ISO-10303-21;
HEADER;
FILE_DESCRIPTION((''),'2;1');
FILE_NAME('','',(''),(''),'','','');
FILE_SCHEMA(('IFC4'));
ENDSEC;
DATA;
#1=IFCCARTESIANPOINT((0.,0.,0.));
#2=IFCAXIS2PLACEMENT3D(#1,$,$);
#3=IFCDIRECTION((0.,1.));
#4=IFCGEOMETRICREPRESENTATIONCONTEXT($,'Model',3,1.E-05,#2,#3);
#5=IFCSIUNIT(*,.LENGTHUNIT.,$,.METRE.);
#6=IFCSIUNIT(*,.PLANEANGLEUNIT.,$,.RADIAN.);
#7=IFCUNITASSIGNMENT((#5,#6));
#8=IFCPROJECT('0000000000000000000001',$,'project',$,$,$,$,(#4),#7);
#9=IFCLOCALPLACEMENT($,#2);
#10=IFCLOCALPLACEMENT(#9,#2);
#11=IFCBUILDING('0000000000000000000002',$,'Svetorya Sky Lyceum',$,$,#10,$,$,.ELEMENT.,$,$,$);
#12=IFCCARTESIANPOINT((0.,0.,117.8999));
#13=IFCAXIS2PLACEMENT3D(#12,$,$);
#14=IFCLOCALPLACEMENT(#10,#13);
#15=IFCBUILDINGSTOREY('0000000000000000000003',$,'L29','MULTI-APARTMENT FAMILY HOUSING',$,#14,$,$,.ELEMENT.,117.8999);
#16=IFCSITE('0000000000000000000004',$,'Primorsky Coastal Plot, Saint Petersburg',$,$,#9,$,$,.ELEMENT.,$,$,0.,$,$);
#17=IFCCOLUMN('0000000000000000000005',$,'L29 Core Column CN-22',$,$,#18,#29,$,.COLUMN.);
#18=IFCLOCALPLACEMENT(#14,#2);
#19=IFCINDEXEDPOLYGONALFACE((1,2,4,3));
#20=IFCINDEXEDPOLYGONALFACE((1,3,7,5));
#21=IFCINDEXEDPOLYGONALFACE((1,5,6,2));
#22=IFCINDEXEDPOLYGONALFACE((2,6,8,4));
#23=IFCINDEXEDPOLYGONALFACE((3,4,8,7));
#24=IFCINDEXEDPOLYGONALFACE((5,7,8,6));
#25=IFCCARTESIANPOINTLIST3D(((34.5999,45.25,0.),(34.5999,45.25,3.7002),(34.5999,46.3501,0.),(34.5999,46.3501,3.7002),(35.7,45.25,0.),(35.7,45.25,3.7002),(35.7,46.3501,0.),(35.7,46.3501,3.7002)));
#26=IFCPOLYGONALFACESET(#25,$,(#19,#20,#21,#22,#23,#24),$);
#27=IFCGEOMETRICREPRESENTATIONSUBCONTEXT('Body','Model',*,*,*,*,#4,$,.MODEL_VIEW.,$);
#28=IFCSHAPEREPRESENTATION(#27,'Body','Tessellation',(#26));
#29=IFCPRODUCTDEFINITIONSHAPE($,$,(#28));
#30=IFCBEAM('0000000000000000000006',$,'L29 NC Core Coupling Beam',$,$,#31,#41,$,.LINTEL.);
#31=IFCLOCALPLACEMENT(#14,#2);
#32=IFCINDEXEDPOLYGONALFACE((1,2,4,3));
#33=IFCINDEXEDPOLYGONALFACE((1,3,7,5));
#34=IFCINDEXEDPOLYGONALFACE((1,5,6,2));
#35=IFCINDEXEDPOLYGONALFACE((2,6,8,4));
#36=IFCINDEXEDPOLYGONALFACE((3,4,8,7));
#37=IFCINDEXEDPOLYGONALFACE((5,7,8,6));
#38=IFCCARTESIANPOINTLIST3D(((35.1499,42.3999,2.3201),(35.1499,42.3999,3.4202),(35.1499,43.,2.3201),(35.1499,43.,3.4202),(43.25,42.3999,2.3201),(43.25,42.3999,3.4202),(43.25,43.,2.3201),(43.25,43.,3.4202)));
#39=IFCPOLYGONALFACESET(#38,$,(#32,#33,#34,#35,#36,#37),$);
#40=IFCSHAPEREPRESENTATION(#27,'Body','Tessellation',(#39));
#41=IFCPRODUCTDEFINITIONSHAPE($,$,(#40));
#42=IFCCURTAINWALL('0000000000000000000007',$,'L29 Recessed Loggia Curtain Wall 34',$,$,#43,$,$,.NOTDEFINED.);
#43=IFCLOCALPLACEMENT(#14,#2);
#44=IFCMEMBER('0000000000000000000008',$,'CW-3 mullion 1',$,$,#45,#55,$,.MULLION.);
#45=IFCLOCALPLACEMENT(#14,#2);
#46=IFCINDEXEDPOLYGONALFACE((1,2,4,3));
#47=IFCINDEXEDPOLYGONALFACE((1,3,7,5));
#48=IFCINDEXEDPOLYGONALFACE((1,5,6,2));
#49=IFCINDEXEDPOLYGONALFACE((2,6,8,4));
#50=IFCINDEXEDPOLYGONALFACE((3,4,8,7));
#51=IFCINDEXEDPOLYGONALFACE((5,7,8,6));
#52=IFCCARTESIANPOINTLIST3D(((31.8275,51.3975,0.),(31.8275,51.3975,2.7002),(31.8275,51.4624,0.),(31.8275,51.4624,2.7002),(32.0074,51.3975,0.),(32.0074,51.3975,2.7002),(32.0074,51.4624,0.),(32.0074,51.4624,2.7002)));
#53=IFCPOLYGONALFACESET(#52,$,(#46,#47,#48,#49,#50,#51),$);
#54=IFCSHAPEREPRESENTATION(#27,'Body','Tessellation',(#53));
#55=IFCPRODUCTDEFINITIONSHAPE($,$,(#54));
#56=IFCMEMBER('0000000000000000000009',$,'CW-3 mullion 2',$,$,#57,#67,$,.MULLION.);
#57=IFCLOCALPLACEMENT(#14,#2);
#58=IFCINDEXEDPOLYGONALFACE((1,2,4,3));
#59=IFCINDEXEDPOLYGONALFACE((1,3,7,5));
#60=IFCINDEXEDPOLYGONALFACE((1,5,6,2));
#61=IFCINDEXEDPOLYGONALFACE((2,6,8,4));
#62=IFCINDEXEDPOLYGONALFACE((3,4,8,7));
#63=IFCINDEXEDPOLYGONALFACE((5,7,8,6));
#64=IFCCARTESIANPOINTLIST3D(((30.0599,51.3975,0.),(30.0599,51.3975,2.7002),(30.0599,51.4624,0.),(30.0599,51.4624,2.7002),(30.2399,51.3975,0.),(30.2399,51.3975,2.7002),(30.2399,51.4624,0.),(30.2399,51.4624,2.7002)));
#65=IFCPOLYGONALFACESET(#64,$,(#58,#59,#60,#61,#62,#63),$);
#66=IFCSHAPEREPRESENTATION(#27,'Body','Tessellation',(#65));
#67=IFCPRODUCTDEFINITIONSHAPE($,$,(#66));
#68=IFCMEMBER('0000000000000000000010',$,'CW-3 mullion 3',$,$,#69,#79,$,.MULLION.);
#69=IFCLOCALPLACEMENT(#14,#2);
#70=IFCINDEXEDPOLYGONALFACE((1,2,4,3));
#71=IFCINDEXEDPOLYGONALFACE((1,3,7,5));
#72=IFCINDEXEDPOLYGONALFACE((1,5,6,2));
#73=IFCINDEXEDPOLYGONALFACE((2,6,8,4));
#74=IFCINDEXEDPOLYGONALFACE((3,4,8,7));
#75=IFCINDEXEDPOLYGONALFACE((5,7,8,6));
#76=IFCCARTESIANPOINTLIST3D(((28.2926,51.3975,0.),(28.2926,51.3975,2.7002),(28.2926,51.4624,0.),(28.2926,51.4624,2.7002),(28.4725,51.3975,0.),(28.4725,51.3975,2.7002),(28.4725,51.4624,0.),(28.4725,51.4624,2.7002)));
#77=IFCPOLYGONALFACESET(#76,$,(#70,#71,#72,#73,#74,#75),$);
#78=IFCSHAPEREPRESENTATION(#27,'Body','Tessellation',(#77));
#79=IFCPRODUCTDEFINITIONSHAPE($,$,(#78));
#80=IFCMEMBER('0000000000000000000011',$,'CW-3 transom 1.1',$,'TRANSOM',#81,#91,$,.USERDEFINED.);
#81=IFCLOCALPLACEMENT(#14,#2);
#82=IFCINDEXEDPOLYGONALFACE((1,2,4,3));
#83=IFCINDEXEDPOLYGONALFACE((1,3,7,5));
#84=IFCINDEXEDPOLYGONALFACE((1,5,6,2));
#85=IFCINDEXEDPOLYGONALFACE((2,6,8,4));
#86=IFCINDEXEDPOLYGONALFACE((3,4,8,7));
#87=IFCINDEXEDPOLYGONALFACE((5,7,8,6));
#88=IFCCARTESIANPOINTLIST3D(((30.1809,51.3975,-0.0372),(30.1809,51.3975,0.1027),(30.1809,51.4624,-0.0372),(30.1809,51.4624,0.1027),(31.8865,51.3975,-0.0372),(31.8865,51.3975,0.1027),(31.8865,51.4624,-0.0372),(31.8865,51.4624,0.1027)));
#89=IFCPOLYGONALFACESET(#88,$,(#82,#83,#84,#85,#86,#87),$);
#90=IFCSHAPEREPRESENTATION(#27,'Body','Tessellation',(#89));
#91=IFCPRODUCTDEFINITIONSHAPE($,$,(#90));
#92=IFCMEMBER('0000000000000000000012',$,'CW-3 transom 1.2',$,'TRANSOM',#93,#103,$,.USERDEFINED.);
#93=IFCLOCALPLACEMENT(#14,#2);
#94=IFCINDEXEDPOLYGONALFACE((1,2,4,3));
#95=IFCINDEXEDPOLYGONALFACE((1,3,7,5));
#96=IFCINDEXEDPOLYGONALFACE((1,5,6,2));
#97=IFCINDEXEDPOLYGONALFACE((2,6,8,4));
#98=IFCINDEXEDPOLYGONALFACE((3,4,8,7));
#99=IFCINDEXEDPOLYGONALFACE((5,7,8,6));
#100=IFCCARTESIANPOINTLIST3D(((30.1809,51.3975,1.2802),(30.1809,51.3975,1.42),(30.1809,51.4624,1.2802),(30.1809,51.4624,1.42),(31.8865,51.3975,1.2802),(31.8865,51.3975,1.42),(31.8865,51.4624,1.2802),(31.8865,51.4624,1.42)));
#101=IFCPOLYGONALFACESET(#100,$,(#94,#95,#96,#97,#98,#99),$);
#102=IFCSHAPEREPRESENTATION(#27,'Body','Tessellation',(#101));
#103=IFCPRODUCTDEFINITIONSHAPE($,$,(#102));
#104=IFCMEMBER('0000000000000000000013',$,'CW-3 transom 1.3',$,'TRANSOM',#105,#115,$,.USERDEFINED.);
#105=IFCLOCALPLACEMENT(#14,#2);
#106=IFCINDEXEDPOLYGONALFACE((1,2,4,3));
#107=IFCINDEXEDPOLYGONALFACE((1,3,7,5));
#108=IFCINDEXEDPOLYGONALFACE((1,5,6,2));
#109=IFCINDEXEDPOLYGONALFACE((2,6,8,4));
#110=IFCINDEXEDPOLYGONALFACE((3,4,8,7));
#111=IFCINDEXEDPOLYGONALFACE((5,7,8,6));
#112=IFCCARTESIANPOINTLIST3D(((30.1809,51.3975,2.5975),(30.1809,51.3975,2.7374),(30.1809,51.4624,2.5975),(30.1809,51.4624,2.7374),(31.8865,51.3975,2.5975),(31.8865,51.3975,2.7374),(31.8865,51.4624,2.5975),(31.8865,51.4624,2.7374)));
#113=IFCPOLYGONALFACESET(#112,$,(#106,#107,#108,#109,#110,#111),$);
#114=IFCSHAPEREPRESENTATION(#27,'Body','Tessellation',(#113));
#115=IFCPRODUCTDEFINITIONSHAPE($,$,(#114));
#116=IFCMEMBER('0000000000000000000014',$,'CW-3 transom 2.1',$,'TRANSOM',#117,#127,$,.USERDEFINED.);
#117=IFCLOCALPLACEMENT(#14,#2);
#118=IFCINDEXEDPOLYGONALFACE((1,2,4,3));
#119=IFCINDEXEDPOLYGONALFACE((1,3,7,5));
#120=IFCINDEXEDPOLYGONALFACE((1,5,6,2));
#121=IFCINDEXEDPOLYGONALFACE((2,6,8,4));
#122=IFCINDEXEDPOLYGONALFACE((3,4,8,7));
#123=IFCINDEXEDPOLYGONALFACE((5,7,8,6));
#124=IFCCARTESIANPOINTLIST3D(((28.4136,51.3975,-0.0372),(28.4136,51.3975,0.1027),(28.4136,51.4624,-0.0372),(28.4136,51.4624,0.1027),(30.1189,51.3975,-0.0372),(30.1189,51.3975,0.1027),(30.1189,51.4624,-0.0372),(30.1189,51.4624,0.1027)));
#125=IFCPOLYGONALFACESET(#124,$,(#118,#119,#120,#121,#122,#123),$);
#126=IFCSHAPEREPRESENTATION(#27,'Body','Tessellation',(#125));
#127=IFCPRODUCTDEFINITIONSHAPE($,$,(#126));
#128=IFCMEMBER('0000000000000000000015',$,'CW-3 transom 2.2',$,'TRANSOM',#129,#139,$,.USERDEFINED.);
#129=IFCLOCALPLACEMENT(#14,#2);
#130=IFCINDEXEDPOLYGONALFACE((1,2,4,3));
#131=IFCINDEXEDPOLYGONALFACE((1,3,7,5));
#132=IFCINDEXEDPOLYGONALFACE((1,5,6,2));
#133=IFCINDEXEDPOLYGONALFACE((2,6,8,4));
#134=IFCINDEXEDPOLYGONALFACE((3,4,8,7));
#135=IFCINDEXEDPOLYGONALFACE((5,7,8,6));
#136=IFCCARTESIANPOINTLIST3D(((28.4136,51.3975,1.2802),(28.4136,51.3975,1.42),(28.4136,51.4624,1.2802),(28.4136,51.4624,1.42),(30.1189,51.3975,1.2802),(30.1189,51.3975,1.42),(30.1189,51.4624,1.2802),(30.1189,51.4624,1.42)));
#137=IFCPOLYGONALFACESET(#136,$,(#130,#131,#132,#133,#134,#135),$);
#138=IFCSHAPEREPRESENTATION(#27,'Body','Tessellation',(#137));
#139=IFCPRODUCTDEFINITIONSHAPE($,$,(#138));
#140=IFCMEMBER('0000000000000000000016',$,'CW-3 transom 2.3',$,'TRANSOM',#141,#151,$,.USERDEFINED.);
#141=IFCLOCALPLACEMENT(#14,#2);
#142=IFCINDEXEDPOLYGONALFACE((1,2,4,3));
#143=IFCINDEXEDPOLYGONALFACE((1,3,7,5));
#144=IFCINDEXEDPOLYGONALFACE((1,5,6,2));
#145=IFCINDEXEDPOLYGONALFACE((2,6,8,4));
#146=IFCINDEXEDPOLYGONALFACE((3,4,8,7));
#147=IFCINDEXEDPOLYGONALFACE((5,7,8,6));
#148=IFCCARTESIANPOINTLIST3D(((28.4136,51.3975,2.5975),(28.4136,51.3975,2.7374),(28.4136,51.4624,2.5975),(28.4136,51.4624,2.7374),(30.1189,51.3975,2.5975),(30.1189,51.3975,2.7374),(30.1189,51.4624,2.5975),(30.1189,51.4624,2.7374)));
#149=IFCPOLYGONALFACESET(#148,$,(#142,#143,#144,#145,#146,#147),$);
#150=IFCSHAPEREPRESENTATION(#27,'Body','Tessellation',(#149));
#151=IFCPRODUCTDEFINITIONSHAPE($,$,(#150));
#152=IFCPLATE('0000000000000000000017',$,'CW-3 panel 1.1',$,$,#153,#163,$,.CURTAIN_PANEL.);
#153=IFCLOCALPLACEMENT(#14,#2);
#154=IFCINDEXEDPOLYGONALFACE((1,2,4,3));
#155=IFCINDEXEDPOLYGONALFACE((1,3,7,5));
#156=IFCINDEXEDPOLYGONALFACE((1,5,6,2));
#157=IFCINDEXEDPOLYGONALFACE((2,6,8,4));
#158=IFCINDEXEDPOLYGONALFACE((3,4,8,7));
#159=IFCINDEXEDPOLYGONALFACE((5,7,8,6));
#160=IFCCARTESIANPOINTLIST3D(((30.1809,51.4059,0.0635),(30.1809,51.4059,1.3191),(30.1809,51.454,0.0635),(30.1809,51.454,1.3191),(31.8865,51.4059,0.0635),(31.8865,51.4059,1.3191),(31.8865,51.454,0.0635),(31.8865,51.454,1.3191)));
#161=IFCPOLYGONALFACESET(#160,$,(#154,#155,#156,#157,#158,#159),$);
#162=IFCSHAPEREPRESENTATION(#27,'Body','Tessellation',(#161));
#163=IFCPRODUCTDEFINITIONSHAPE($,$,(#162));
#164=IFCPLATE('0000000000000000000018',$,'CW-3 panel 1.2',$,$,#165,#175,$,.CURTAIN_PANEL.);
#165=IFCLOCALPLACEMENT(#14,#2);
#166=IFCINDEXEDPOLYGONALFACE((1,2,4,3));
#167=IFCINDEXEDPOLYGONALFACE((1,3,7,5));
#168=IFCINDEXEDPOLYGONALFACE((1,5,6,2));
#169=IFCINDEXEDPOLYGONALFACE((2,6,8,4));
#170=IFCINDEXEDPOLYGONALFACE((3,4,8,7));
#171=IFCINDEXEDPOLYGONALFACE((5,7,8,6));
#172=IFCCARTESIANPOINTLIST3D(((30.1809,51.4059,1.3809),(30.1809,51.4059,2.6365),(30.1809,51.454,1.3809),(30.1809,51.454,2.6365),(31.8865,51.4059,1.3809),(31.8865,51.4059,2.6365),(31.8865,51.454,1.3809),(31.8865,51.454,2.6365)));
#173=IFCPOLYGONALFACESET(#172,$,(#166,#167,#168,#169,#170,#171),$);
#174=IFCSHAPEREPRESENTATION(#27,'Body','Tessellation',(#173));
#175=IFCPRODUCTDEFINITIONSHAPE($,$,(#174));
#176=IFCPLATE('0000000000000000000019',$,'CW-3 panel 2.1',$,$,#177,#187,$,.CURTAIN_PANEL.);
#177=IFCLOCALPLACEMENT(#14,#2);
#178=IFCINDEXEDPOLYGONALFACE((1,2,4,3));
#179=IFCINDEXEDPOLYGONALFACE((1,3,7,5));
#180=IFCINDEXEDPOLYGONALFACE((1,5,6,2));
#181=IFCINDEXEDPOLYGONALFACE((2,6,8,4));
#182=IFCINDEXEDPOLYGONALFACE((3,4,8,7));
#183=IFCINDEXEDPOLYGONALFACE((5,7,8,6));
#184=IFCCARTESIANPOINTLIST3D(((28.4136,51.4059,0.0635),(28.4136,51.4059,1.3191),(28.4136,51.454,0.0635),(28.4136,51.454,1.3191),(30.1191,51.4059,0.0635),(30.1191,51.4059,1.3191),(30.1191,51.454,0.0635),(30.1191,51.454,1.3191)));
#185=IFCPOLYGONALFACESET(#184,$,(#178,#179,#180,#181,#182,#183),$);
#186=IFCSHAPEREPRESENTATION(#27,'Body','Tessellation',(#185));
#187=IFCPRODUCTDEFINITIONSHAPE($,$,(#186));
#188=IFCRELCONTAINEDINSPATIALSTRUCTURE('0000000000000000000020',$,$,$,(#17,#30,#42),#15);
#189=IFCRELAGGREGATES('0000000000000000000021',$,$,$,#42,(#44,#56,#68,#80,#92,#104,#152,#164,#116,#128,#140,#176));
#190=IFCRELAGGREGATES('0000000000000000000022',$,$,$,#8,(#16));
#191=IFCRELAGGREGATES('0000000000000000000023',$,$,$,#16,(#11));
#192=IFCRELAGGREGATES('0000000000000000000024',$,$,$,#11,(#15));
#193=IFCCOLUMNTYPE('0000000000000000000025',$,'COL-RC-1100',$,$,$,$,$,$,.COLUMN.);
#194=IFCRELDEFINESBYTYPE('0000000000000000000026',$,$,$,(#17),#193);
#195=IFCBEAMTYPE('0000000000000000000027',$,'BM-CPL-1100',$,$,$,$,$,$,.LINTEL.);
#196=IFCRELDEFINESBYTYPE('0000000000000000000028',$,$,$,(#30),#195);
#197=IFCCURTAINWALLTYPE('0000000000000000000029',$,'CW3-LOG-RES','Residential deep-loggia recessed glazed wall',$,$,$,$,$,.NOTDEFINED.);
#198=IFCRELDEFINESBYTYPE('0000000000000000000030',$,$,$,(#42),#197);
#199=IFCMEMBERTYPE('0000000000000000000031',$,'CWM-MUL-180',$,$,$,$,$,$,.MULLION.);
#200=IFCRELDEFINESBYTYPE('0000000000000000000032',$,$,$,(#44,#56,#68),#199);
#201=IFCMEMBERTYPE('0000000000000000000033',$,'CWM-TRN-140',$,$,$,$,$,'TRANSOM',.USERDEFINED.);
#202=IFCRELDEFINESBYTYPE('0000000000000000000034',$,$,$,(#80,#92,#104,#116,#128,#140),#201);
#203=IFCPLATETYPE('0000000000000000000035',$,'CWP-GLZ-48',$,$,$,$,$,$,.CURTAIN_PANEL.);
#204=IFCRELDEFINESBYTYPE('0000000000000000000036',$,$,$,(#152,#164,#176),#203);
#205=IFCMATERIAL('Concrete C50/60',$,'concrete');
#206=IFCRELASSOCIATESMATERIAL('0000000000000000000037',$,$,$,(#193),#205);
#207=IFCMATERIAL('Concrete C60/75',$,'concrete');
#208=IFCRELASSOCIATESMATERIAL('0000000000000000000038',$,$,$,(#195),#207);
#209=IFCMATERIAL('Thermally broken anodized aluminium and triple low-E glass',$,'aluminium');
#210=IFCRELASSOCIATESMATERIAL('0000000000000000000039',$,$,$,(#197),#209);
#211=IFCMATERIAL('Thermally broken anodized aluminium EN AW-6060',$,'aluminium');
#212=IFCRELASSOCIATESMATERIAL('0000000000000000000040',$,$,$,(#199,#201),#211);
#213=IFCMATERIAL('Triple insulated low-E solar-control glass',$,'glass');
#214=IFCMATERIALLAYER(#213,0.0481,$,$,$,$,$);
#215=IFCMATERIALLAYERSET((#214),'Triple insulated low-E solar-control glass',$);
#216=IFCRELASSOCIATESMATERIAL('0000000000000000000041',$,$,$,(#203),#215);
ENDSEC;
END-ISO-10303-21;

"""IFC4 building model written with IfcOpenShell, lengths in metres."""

from ifc_helpers import new_model, si_unit, direction, frame, origin, origin_2d, place, context, subcontext, project, spatial, rectangle, extrude, material, layer, layer_set, material_profile, profile_set, type_object, element, aggregate, save


model = new_model("IFC4")

# Units and contexts
model_context = context("Model", 3, precision=1e-05, world=origin(), true_north=direction((0.0, 1.0)))
body_context = subcontext(model_context, "Body", "Model", "MODEL_VIEW")
ifc_project = project(units=[si_unit("LENGTHUNIT", "METRE"), si_unit("PLANEANGLEUNIT", "RADIAN")], contexts=[model_context])

# Site, building, storey
site_placement = place(None, origin())
site = spatial("IfcSite", under=ifc_project, at=site_placement, Name="Primorsky Coastal Plot, Saint Petersburg", CompositionType="ELEMENT", RefElevation=0.0)
building_placement = place(site_placement, origin())
building = spatial("IfcBuilding", under=site, at=building_placement, Name="Svetorya Sky Lyceum", CompositionType="ELEMENT")
storey_placement = place(building_placement, frame((0.0, 0.0, 117.8999)))
storey = spatial("IfcBuildingStorey", under=building, at=storey_placement, Name="L29", Description="MULTI-APARTMENT FAMILY HOUSING", CompositionType="ELEMENT", Elevation=117.8999)

# Column
ifc_material_1 = material(Name="Concrete C50/60", Category="concrete")
ifc_material_profile_1 = material_profile(ifc_material_1, rectangle(XDim=1.1001, YDim=1.1001, at=origin_2d()), Name="RC COL 1100x1100")
ifc_profile_set_1 = profile_set([ifc_material_profile_1], Name="Concrete C50/60")
column_type = type_object("IfcColumnType", Name="COL-RC-1100", PredefinedType="COLUMN", material=ifc_profile_set_1)
column_placement = place(storey_placement, frame((35.1499, 45.8, 0.0), z_axis=(0.0, 0.0, 1.0), x_axis=(1.0, 0.0, 0.0)))
element("IfcColumn", 1, at=column_placement, inside=storey, type_object=column_type, Name="L29 Core Column CN-22", PredefinedType="COLUMN", context=body_context, shape_type="SweptSolid", body=[
    extrude(rectangle(XDim=1.1001, YDim=1.1001, at=origin_2d()), origin(), (0.0, 0.0, 1.0), 3.7002),
])

# Beam
ifc_material_2 = material(Name="Concrete C60/75", Category="concrete")
ifc_material_profile_2 = material_profile(ifc_material_2, rectangle(XDim=0.6001, YDim=1.1001, at=origin_2d()), Name="RC COUPLING 600x1100")
ifc_profile_set_2 = profile_set([ifc_material_profile_2], Name="Concrete C60/75")
beam_type = type_object("IfcBeamType", Name="BM-CPL-1100", PredefinedType="LINTEL", material=ifc_profile_set_2)
beam_placement = place(storey_placement, frame((35.1499, 42.7, 2.8701), z_axis=(1.0, 0.0, 0.0), x_axis=(0.0, 1.0, 0.0)))
element("IfcBeam", 2, at=beam_placement, inside=storey, type_object=beam_type, Name="L29 NC Core Coupling Beam", PredefinedType="LINTEL", context=body_context, shape_type="SweptSolid", body=[
    extrude(rectangle(XDim=0.6001, YDim=1.1001, at=origin_2d()), origin(), (0.0, 0.0, 1.0), 8.1001),
])

# Curtain wall, members, plates
ifc_material_3 = material(Name="Thermally broken anodized aluminium and triple low-E glass", Category="aluminium")
curtain_wall_type = type_object("IfcCurtainWallType", Name="CW3-LOG-RES", Description="Residential deep-loggia recessed glazed wall", PredefinedType="NOTDEFINED", material=ifc_material_3)
curtain_wall_placement = place(storey_placement, origin())
curtain_wall = element("IfcCurtainWall", 3, at=curtain_wall_placement, inside=storey, type_object=curtain_wall_type, Name="L29 Recessed Loggia Curtain Wall 34", PredefinedType="NOTDEFINED")
ifc_material_4 = material(Name="Thermally broken anodized aluminium EN AW-6060", Category="aluminium")
ifc_material_profile_3 = material_profile(ifc_material_4, rectangle(XDim=0.0649, YDim=0.1799, at=origin_2d()), Name="ALU MULLION 65x180")
ifc_profile_set_3 = profile_set([ifc_material_profile_3], Name="Thermally broken anodized aluminium EN AW-6060")
member_type_1 = type_object("IfcMemberType", Name="CWM-MUL-180", PredefinedType="MULLION", material=ifc_profile_set_3)
member_1_placement = place(storey_placement, frame((31.9175, 51.4299, 0.0), z_axis=(0.0, 0.0, 1.0), x_axis=(0.0, -1.0, 0.0)))
member_1 = element("IfcMember", 4, at=member_1_placement, type_object=member_type_1, Name="CW-3 mullion 1", PredefinedType="MULLION", context=body_context, shape_type="SweptSolid", body=[
    extrude(rectangle(XDim=0.0649, YDim=0.1799, at=origin_2d()), origin(), (0.0, 0.0, 1.0), 2.7002),
])
member_2_placement = place(storey_placement, frame((30.1499, 51.4299, 0.0), z_axis=(0.0, 0.0, 1.0), x_axis=(0.0, -1.0, 0.0)))
member_2 = element("IfcMember", 5, at=member_2_placement, type_object=member_type_1, Name="CW-3 mullion 2", PredefinedType="MULLION", context=body_context, shape_type="SweptSolid", body=[
    extrude(rectangle(XDim=0.0649, YDim=0.1799, at=origin_2d()), origin(), (0.0, 0.0, 1.0), 2.7002),
])
member_3_placement = place(storey_placement, frame((28.3826, 51.4299, 0.0), z_axis=(0.0, 0.0, 1.0), x_axis=(0.0, -1.0, 0.0)))
member_3 = element("IfcMember", 6, at=member_3_placement, type_object=member_type_1, Name="CW-3 mullion 3", PredefinedType="MULLION", context=body_context, shape_type="SweptSolid", body=[
    extrude(rectangle(XDim=0.0649, YDim=0.1799, at=origin_2d()), origin(), (0.0, 0.0, 1.0), 2.7002),
])
ifc_material_profile_4 = material_profile(ifc_material_4, rectangle(XDim=0.0649, YDim=0.1399, at=origin_2d()), Name="ALU TRANSOM 65x140")
ifc_profile_set_4 = profile_set([ifc_material_profile_4], Name="Thermally broken anodized aluminium EN AW-6060")
member_type_2 = type_object("IfcMemberType", Name="CWM-TRN-140", ElementType="TRANSOM", PredefinedType="USERDEFINED", material=ifc_profile_set_4)
member_4_placement = place(storey_placement, frame((31.8865, 51.4299, 0.0327), z_axis=(-1.0, 0.0, 0.0), x_axis=(0.0, -1.0, 0.0)))
member_4 = element("IfcMember", 7, at=member_4_placement, type_object=member_type_2, Name="CW-3 transom 1.1", ObjectType="TRANSOM", PredefinedType="USERDEFINED", context=body_context, shape_type="SweptSolid", body=[
    extrude(rectangle(XDim=0.0649, YDim=0.1399, at=origin_2d()), origin(), (0.0, 0.0, 1.0), 1.7056),
])
member_5_placement = place(storey_placement, frame((31.8865, 51.4299, 1.3501), z_axis=(-1.0, 0.0, 0.0), x_axis=(0.0, -1.0, 0.0)))
member_5 = element("IfcMember", 8, at=member_5_placement, type_object=member_type_2, Name="CW-3 transom 1.2", ObjectType="TRANSOM", PredefinedType="USERDEFINED", context=body_context, shape_type="SweptSolid", body=[
    extrude(rectangle(XDim=0.0649, YDim=0.1399, at=origin_2d()), origin(), (0.0, 0.0, 1.0), 1.7056),
])
member_6_placement = place(storey_placement, frame((31.8865, 51.4299, 2.6675), z_axis=(-1.0, 0.0, 0.0), x_axis=(0.0, -1.0, 0.0)))
member_6 = element("IfcMember", 9, at=member_6_placement, type_object=member_type_2, Name="CW-3 transom 1.3", ObjectType="TRANSOM", PredefinedType="USERDEFINED", context=body_context, shape_type="SweptSolid", body=[
    extrude(rectangle(XDim=0.0649, YDim=0.1399, at=origin_2d()), origin(), (0.0, 0.0, 1.0), 1.7056),
])
member_7_placement = place(storey_placement, frame((30.1189, 51.4299, 0.0327), z_axis=(-1.0, 0.0, 0.0), x_axis=(0.0, -1.0, 0.0)))
member_7 = element("IfcMember", 10, at=member_7_placement, type_object=member_type_2, Name="CW-3 transom 2.1", ObjectType="TRANSOM", PredefinedType="USERDEFINED", context=body_context, shape_type="SweptSolid", body=[
    extrude(rectangle(XDim=0.0649, YDim=0.1399, at=origin_2d()), origin(), (0.0, 0.0, 1.0), 1.7053),
])
member_8_placement = place(storey_placement, frame((30.1189, 51.4299, 1.3501), z_axis=(-1.0, 0.0, 0.0), x_axis=(0.0, -1.0, 0.0)))
member_8 = element("IfcMember", 11, at=member_8_placement, type_object=member_type_2, Name="CW-3 transom 2.2", ObjectType="TRANSOM", PredefinedType="USERDEFINED", context=body_context, shape_type="SweptSolid", body=[
    extrude(rectangle(XDim=0.0649, YDim=0.1399, at=origin_2d()), origin(), (0.0, 0.0, 1.0), 1.7053),
])
member_9_placement = place(storey_placement, frame((30.1189, 51.4299, 2.6675), z_axis=(-1.0, 0.0, 0.0), x_axis=(0.0, -1.0, 0.0)))
member_9 = element("IfcMember", 12, at=member_9_placement, type_object=member_type_2, Name="CW-3 transom 2.3", ObjectType="TRANSOM", PredefinedType="USERDEFINED", context=body_context, shape_type="SweptSolid", body=[
    extrude(rectangle(XDim=0.0649, YDim=0.1399, at=origin_2d()), origin(), (0.0, 0.0, 1.0), 1.7053),
])
ifc_material_5 = material(Name="Triple insulated low-E solar-control glass", Category="glass")
ifc_layer_1 = layer(ifc_material_5, 0.0481)
ifc_layer_set_1 = layer_set([ifc_layer_1], Name="Triple insulated low-E solar-control glass")
plate_type = type_object("IfcPlateType", Name="CWP-GLZ-48", PredefinedType="CURTAIN_PANEL", material=ifc_layer_set_1)
plate_1_placement = place(storey_placement, frame((31.0337, 51.4299, 0.0635), z_axis=(0.0, 0.0, 1.0), x_axis=(-1.0, 0.0, 0.0)))
plate_1 = element("IfcPlate", 13, at=plate_1_placement, type_object=plate_type, Name="CW-3 panel 1.1", PredefinedType="CURTAIN_PANEL", context=body_context, shape_type="SweptSolid", body=[
    extrude(rectangle(XDim=1.7056, YDim=0.0481, at=origin_2d()), origin(), (0.0, 0.0, 1.0), 1.2556),
])
plate_2_placement = place(storey_placement, frame((31.0337, 51.4299, 1.3809), z_axis=(0.0, 0.0, 1.0), x_axis=(-1.0, 0.0, 0.0)))
plate_2 = element("IfcPlate", 14, at=plate_2_placement, type_object=plate_type, Name="CW-3 panel 1.2", PredefinedType="CURTAIN_PANEL", context=body_context, shape_type="SweptSolid", body=[
    extrude(rectangle(XDim=1.7056, YDim=0.0481, at=origin_2d()), origin(), (0.0, 0.0, 1.0), 1.2556),
])
plate_3_placement = place(storey_placement, frame((29.2664, 51.4299, 0.0635), z_axis=(0.0, 0.0, 1.0), x_axis=(-1.0, 0.0, 0.0)))
plate_3 = element("IfcPlate", 15, at=plate_3_placement, type_object=plate_type, Name="CW-3 panel 2.1", PredefinedType="CURTAIN_PANEL", context=body_context, shape_type="SweptSolid", body=[
    extrude(rectangle(XDim=1.7056, YDim=0.0481, at=origin_2d()), origin(), (0.0, 0.0, 1.0), 1.2556),
])
aggregate(curtain_wall, [member_1, member_2, member_3, member_4, member_5, member_6, plate_1, plate_2, member_7, member_8, member_9, plate_3])

save(model, "model.ifc")
